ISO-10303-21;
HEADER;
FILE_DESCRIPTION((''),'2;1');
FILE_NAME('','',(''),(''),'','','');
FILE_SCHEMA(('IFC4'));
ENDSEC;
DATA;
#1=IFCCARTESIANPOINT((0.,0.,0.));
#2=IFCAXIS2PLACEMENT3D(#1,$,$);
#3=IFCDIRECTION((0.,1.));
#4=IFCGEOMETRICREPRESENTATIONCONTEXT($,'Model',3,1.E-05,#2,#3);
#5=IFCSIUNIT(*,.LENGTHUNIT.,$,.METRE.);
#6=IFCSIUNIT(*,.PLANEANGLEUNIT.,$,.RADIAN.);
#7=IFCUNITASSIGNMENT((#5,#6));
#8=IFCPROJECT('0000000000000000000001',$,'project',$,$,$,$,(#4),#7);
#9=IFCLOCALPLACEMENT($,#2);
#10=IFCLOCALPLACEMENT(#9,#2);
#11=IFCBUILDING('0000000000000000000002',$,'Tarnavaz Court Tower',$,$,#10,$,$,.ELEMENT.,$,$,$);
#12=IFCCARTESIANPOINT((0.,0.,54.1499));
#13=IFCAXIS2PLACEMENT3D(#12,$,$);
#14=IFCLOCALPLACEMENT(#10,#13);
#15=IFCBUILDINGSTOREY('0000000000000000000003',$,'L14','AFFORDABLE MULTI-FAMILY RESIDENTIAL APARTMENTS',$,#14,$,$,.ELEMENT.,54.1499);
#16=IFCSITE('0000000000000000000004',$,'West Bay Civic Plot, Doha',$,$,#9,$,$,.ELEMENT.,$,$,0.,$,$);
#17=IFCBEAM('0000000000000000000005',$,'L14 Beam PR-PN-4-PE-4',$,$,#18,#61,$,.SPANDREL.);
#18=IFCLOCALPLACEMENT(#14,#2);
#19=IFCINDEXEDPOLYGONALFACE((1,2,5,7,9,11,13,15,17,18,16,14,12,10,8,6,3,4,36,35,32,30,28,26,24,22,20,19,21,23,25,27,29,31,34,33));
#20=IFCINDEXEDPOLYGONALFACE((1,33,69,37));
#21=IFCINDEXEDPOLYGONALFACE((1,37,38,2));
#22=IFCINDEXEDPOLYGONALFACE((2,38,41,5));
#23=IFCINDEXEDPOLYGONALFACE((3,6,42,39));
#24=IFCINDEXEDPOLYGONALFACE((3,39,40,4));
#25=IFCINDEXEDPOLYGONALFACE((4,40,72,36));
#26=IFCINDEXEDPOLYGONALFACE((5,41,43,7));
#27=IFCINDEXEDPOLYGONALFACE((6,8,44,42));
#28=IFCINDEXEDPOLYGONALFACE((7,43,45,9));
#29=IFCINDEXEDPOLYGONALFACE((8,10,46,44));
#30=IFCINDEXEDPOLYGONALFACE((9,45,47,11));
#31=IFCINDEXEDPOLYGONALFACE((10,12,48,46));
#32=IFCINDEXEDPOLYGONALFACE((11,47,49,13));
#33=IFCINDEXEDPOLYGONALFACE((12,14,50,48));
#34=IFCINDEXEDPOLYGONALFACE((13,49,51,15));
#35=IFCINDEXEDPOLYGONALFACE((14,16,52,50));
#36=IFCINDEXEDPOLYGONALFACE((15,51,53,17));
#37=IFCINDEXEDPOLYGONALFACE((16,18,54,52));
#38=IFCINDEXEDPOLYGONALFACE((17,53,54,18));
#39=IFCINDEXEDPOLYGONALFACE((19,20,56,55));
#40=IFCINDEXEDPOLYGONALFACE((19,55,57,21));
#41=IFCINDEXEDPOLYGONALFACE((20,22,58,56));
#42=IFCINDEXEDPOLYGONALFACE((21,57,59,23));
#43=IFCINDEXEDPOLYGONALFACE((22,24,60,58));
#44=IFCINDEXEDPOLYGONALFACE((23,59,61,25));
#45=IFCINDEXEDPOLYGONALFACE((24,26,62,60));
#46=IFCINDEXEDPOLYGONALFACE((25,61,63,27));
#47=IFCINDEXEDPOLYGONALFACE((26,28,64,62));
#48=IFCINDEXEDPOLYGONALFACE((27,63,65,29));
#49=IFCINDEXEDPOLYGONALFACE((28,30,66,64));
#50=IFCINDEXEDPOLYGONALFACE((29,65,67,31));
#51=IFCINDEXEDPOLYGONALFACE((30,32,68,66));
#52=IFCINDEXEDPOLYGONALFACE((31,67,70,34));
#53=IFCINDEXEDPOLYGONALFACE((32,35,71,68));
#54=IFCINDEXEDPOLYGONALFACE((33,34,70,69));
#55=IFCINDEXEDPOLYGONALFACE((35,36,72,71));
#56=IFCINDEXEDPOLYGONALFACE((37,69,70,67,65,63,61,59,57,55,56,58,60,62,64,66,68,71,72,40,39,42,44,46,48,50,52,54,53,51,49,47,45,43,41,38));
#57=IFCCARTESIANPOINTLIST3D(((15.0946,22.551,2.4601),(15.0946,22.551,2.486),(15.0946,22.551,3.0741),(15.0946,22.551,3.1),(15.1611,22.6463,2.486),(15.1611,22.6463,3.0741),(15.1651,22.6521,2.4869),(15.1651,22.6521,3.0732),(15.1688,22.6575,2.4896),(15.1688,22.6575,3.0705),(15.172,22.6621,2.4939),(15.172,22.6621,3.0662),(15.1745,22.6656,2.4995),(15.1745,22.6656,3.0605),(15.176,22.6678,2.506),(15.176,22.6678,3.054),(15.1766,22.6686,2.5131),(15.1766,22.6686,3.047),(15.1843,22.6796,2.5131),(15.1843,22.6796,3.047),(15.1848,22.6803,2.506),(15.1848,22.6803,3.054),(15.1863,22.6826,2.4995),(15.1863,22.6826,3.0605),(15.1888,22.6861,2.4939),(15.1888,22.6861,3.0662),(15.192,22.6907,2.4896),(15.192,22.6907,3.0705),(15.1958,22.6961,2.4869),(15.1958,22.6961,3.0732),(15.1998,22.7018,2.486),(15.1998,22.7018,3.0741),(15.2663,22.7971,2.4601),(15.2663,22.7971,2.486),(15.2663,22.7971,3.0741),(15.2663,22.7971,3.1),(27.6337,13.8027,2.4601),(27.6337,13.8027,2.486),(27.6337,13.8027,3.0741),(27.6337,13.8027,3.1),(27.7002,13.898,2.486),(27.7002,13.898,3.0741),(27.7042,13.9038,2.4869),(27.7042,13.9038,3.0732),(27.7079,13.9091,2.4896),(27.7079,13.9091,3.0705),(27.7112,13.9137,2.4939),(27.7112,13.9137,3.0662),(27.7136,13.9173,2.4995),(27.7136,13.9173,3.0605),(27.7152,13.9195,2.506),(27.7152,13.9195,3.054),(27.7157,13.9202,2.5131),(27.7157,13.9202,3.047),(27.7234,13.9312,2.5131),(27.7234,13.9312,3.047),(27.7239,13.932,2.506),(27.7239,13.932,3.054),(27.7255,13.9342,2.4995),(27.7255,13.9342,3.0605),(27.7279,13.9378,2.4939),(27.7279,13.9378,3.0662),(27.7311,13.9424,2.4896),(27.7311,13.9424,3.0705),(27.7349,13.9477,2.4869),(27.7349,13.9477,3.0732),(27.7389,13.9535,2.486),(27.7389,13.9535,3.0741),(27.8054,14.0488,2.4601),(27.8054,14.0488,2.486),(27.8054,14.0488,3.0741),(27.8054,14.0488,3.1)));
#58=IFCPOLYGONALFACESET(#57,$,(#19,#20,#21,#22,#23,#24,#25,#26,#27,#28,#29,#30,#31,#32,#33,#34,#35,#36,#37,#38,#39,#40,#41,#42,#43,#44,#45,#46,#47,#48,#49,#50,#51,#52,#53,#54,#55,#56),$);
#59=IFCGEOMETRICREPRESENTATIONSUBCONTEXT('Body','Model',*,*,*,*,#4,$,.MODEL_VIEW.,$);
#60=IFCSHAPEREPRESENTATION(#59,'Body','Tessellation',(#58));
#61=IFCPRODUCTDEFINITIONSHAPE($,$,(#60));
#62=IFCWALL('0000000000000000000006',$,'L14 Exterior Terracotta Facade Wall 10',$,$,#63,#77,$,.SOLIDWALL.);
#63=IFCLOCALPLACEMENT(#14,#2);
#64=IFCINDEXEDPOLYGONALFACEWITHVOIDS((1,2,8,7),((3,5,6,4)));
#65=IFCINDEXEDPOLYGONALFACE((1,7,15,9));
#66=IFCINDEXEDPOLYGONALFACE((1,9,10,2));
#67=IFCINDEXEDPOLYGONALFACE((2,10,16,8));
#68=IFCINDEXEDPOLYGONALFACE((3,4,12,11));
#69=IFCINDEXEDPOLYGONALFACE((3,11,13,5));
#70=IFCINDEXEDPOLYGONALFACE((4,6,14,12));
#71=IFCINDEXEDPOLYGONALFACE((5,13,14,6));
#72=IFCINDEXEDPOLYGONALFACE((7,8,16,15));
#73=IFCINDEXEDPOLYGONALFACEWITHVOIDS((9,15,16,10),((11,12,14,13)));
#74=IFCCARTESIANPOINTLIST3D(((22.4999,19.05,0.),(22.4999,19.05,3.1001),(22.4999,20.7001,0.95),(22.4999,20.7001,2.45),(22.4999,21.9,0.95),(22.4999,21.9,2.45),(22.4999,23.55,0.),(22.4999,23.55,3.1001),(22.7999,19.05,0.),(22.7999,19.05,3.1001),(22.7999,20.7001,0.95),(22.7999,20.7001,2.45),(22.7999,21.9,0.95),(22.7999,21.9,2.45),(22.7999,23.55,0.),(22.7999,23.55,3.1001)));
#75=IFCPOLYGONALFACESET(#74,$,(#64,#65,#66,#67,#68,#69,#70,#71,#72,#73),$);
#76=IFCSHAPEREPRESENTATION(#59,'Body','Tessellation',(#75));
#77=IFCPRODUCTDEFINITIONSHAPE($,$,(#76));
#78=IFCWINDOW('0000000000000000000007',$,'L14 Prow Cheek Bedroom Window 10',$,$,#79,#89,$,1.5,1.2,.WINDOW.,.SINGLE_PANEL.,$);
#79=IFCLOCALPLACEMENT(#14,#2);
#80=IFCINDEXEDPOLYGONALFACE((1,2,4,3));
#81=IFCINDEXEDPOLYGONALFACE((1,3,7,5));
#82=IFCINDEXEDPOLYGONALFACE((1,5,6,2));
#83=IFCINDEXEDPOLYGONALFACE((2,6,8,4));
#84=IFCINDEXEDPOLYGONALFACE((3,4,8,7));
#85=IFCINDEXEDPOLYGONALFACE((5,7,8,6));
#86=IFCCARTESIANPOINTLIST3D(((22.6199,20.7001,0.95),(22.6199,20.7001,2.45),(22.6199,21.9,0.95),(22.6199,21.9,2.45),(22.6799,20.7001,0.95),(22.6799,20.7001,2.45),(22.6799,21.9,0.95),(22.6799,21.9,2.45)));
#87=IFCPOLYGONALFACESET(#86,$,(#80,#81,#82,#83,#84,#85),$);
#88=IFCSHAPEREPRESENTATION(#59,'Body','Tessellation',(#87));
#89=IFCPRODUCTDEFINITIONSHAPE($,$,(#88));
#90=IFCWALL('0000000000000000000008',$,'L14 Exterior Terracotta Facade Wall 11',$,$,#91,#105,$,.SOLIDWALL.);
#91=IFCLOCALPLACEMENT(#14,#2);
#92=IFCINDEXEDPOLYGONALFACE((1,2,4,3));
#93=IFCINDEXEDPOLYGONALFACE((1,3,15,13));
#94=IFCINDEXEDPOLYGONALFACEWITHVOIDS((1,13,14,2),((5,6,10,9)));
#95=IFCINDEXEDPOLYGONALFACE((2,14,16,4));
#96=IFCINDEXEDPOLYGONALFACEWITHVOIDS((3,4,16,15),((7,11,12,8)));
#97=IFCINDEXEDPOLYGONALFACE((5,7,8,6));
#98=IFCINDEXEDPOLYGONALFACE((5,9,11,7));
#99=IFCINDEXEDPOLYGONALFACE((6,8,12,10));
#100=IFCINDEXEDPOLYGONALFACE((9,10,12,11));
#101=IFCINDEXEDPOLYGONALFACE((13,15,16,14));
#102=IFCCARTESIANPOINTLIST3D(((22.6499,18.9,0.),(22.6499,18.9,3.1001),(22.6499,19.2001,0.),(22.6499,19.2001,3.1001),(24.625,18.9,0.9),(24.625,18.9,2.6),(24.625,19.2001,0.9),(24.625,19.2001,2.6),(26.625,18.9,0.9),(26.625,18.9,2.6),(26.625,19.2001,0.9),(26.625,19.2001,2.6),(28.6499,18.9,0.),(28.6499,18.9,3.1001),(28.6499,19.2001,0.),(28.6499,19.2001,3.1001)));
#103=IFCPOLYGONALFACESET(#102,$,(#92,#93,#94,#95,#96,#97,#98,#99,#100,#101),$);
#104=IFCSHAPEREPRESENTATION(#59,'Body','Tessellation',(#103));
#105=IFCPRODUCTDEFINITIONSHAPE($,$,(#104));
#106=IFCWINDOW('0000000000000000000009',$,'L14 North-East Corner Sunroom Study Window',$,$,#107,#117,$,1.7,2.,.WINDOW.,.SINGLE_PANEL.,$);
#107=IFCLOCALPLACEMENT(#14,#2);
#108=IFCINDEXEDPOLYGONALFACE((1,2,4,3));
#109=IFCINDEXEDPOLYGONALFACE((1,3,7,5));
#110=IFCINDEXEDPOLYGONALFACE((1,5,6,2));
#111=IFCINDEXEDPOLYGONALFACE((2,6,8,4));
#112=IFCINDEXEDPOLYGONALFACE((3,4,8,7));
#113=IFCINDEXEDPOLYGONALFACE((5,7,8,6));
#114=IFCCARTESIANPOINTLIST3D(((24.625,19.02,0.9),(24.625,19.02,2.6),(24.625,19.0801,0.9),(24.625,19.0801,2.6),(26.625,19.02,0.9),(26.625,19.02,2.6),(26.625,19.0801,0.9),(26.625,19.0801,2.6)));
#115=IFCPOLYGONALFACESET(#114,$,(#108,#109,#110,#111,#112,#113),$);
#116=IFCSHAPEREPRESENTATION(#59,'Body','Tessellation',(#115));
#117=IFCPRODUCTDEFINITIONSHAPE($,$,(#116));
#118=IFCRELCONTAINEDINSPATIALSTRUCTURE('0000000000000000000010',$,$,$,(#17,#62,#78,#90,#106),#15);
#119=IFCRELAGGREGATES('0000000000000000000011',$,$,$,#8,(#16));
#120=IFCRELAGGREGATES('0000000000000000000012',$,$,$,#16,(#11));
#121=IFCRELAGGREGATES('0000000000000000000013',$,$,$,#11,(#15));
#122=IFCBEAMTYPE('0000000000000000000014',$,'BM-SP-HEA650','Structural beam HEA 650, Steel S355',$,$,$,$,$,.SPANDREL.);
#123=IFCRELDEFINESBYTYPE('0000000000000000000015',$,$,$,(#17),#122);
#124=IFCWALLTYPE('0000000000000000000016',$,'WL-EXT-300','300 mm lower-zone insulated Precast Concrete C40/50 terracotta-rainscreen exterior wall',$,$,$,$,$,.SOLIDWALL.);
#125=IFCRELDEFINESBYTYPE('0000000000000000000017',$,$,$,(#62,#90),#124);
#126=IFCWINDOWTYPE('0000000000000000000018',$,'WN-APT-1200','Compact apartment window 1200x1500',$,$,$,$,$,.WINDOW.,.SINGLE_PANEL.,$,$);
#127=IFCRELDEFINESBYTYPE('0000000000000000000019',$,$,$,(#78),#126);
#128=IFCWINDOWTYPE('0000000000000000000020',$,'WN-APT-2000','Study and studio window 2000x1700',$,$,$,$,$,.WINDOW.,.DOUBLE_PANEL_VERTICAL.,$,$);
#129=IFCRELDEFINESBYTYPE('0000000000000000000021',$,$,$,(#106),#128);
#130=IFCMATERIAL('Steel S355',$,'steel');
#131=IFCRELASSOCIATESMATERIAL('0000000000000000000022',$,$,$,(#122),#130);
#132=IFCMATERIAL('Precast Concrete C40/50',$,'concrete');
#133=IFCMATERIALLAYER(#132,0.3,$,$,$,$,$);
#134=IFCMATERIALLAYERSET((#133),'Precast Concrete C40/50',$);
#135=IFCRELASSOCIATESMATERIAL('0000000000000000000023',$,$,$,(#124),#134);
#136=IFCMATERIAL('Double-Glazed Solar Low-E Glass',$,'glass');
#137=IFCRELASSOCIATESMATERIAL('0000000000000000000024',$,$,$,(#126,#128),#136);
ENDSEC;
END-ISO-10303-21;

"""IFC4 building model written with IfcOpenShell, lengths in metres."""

from ifc_helpers import new_model, si_unit, direction, frame, frame_2d, origin, origin_2d, place, context, subcontext, project, spatial, rectangle, i_section, extrude, material, layer, layer_set, material_profile, profile_set, type_object, element, fill, save


model = new_model("IFC4")

# Units and contexts
model_context = context("Model", 3, precision=1e-05, world=origin(), true_north=direction((0.0, 1.0)))
body_context = subcontext(model_context, "Body", "Model", "MODEL_VIEW")
ifc_project = project(units=[si_unit("LENGTHUNIT", "METRE"), si_unit("PLANEANGLEUNIT", "RADIAN")], contexts=[model_context])

# Site, building, storey
site_placement = place(None, origin())
site = spatial("IfcSite", under=ifc_project, at=site_placement, Name="West Bay Civic Plot, Doha", CompositionType="ELEMENT", RefElevation=0.0)
building_placement = place(site_placement, origin())
building = spatial("IfcBuilding", under=site, at=building_placement, Name="Tarnavaz Court Tower", CompositionType="ELEMENT")
storey_placement = place(building_placement, frame((0.0, 0.0, 54.1499)))
storey = spatial("IfcBuildingStorey", under=building, at=storey_placement, Name="L14", Description="AFFORDABLE MULTI-FAMILY RESIDENTIAL APARTMENTS", CompositionType="ELEMENT", Elevation=54.1499)

# Beam
ifc_material_1 = material(Name="Steel S355", Category="steel")
ifc_material_profile_1 = material_profile(ifc_material_1, i_section(OverallWidth=0.3, OverallDepth=0.6399, WebThickness=0.0134, FlangeThickness=0.0259, FilletRadius=0.0271, at=origin_2d()), Name="HEA 650")
ifc_profile_set_1 = profile_set([ifc_material_profile_1], Name="Steel S355")
beam_type_1 = type_object("IfcBeamType", Name="BM-SP-HEA650", Description="Structural beam HEA 650, Steel S355", PredefinedType="SPANDREL", material=ifc_profile_set_1)
beam_1_placement = place(storey_placement, frame((15.1804, 22.6741, 2.78), z_axis=(0.820124, -0.572186, 0.0), x_axis=(0.572186, 0.820124, 0.0)))
element("IfcBeam", 1, at=beam_1_placement, inside=storey, type_object=beam_type_1, Name="L14 Beam PR-PN-4-PE-4", PredefinedType="SPANDREL", context=body_context, shape_type="SweptSolid", body=[
    extrude(i_section(OverallWidth=0.3, OverallDepth=0.6399, WebThickness=0.0134, FlangeThickness=0.0259, FilletRadius=0.0271, at=origin_2d()), origin(), (0.0, 0.0, 1.0), 15.2893),
])

# Walls, openings, windows
ifc_material_2 = material(Name="Precast Concrete C40/50", Category="concrete")
ifc_layer_1 = layer(ifc_material_2, 0.3)
ifc_layer_set_1 = layer_set([ifc_layer_1], Name="Precast Concrete C40/50")
wall_type_1 = type_object("IfcWallType", Name="WL-EXT-300", Description="300 mm lower-zone insulated Precast Concrete C40/50 terracotta-rainscreen exterior wall", PredefinedType="SOLIDWALL", material=ifc_layer_set_1)
wall_1_placement = place(storey_placement, frame((22.6499, 23.55, 0.0), z_axis=(0.0, 0.0, 1.0), x_axis=(0.0, -1.0, 0.0)))
wall_1 = element("IfcWall", 2, at=wall_1_placement, inside=storey, type_object=wall_type_1, Name="L14 Exterior Terracotta Facade Wall 10", PredefinedType="SOLIDWALL", context=body_context, shape_type="SweptSolid", body=[
    extrude(rectangle(XDim=4.5, YDim=0.3, at=frame_2d((2.25, 0.0))), origin(), (0.0, 0.0, 1.0), 3.1001),
])
opening_1_placement = place(wall_1_placement, frame((1.6499, 0.0, 0.95)))
opening_1 = element("IfcOpeningElement", 3, at=opening_1_placement, cuts=wall_1, PredefinedType="OPENING", context=body_context, shape_type="SweptSolid", body=[
    extrude(rectangle(XDim=1.2, YDim=1.5, at=frame_2d((0.6001, 0.75))), frame((0.0, 0.1599, 0.0), z_axis=(0.0, -1.0, 0.0), x_axis=(1.0, 0.0, 0.0)), (0.0, 0.0, 1.0), 0.3201),
])
ifc_material_3 = material(Name="Double-Glazed Solar Low-E Glass", Category="glass")
window_type_1 = type_object("IfcWindowType", Name="WN-APT-1200", Description="Compact apartment window 1200x1500", PartitioningType="SINGLE_PANEL", PredefinedType="WINDOW", material=ifc_material_3)
window_1_placement = place(opening_1_placement, origin())
window_1 = element("IfcWindow", 4, at=window_1_placement, inside=storey, type_object=window_type_1, Name="L14 Prow Cheek Bedroom Window 10", OverallHeight=1.5, OverallWidth=1.2, PartitioningType="SINGLE_PANEL", PredefinedType="WINDOW", context=body_context, shape_type="SweptSolid", body=[
    extrude(rectangle(XDim=1.2, YDim=1.5, at=frame_2d((0.6001, 0.75))), frame((0.0, 0.03, 0.0), z_axis=(0.0, -1.0, 0.0), x_axis=(1.0, 0.0, 0.0)), (0.0, 0.0, 1.0), 0.0601),
])
fill(opening_1, window_1)
wall_2_placement = place(storey_placement, frame((22.6499, 19.05, 0.0), z_axis=(0.0, 0.0, 1.0), x_axis=(1.0, 0.0, 0.0)))
wall_2 = element("IfcWall", 5, at=wall_2_placement, inside=storey, type_object=wall_type_1, Name="L14 Exterior Terracotta Facade Wall 11", PredefinedType="SOLIDWALL", context=body_context, shape_type="SweptSolid", body=[
    extrude(rectangle(XDim=6.0, YDim=0.3, at=frame_2d((3.0, 0.0))), origin(), (0.0, 0.0, 1.0), 3.1001),
])
opening_2_placement = place(wall_2_placement, frame((1.9751, 0.0, 0.8999)))
opening_2 = element("IfcOpeningElement", 6, at=opening_2_placement, cuts=wall_2, PredefinedType="OPENING", context=body_context, shape_type="SweptSolid", body=[
    extrude(rectangle(XDim=2.0, YDim=1.7, at=frame_2d((1.0, 0.8501))), frame((0.0, 0.1599, 0.0), z_axis=(0.0, -1.0, 0.0), x_axis=(1.0, 0.0, 0.0)), (0.0, 0.0, 1.0), 0.3201),
])
window_type_2 = type_object("IfcWindowType", Name="WN-APT-2000", Description="Study and studio window 2000x1700", PartitioningType="DOUBLE_PANEL_VERTICAL", PredefinedType="WINDOW", material=ifc_material_3)
window_2_placement = place(opening_2_placement, origin())
window_2 = element("IfcWindow", 7, at=window_2_placement, inside=storey, type_object=window_type_2, Name="L14 North-East Corner Sunroom Study Window", OverallHeight=1.7, OverallWidth=2.0, PartitioningType="SINGLE_PANEL", PredefinedType="WINDOW", context=body_context, shape_type="SweptSolid", body=[
    extrude(rectangle(XDim=2.0, YDim=1.7, at=frame_2d((1.0, 0.8501))), frame((0.0, 0.03, 0.0), z_axis=(0.0, -1.0, 0.0), x_axis=(1.0, 0.0, 0.0)), (0.0, 0.0, 1.0), 0.0601),
])
fill(opening_2, window_2)

save(model, "model.ifc")
